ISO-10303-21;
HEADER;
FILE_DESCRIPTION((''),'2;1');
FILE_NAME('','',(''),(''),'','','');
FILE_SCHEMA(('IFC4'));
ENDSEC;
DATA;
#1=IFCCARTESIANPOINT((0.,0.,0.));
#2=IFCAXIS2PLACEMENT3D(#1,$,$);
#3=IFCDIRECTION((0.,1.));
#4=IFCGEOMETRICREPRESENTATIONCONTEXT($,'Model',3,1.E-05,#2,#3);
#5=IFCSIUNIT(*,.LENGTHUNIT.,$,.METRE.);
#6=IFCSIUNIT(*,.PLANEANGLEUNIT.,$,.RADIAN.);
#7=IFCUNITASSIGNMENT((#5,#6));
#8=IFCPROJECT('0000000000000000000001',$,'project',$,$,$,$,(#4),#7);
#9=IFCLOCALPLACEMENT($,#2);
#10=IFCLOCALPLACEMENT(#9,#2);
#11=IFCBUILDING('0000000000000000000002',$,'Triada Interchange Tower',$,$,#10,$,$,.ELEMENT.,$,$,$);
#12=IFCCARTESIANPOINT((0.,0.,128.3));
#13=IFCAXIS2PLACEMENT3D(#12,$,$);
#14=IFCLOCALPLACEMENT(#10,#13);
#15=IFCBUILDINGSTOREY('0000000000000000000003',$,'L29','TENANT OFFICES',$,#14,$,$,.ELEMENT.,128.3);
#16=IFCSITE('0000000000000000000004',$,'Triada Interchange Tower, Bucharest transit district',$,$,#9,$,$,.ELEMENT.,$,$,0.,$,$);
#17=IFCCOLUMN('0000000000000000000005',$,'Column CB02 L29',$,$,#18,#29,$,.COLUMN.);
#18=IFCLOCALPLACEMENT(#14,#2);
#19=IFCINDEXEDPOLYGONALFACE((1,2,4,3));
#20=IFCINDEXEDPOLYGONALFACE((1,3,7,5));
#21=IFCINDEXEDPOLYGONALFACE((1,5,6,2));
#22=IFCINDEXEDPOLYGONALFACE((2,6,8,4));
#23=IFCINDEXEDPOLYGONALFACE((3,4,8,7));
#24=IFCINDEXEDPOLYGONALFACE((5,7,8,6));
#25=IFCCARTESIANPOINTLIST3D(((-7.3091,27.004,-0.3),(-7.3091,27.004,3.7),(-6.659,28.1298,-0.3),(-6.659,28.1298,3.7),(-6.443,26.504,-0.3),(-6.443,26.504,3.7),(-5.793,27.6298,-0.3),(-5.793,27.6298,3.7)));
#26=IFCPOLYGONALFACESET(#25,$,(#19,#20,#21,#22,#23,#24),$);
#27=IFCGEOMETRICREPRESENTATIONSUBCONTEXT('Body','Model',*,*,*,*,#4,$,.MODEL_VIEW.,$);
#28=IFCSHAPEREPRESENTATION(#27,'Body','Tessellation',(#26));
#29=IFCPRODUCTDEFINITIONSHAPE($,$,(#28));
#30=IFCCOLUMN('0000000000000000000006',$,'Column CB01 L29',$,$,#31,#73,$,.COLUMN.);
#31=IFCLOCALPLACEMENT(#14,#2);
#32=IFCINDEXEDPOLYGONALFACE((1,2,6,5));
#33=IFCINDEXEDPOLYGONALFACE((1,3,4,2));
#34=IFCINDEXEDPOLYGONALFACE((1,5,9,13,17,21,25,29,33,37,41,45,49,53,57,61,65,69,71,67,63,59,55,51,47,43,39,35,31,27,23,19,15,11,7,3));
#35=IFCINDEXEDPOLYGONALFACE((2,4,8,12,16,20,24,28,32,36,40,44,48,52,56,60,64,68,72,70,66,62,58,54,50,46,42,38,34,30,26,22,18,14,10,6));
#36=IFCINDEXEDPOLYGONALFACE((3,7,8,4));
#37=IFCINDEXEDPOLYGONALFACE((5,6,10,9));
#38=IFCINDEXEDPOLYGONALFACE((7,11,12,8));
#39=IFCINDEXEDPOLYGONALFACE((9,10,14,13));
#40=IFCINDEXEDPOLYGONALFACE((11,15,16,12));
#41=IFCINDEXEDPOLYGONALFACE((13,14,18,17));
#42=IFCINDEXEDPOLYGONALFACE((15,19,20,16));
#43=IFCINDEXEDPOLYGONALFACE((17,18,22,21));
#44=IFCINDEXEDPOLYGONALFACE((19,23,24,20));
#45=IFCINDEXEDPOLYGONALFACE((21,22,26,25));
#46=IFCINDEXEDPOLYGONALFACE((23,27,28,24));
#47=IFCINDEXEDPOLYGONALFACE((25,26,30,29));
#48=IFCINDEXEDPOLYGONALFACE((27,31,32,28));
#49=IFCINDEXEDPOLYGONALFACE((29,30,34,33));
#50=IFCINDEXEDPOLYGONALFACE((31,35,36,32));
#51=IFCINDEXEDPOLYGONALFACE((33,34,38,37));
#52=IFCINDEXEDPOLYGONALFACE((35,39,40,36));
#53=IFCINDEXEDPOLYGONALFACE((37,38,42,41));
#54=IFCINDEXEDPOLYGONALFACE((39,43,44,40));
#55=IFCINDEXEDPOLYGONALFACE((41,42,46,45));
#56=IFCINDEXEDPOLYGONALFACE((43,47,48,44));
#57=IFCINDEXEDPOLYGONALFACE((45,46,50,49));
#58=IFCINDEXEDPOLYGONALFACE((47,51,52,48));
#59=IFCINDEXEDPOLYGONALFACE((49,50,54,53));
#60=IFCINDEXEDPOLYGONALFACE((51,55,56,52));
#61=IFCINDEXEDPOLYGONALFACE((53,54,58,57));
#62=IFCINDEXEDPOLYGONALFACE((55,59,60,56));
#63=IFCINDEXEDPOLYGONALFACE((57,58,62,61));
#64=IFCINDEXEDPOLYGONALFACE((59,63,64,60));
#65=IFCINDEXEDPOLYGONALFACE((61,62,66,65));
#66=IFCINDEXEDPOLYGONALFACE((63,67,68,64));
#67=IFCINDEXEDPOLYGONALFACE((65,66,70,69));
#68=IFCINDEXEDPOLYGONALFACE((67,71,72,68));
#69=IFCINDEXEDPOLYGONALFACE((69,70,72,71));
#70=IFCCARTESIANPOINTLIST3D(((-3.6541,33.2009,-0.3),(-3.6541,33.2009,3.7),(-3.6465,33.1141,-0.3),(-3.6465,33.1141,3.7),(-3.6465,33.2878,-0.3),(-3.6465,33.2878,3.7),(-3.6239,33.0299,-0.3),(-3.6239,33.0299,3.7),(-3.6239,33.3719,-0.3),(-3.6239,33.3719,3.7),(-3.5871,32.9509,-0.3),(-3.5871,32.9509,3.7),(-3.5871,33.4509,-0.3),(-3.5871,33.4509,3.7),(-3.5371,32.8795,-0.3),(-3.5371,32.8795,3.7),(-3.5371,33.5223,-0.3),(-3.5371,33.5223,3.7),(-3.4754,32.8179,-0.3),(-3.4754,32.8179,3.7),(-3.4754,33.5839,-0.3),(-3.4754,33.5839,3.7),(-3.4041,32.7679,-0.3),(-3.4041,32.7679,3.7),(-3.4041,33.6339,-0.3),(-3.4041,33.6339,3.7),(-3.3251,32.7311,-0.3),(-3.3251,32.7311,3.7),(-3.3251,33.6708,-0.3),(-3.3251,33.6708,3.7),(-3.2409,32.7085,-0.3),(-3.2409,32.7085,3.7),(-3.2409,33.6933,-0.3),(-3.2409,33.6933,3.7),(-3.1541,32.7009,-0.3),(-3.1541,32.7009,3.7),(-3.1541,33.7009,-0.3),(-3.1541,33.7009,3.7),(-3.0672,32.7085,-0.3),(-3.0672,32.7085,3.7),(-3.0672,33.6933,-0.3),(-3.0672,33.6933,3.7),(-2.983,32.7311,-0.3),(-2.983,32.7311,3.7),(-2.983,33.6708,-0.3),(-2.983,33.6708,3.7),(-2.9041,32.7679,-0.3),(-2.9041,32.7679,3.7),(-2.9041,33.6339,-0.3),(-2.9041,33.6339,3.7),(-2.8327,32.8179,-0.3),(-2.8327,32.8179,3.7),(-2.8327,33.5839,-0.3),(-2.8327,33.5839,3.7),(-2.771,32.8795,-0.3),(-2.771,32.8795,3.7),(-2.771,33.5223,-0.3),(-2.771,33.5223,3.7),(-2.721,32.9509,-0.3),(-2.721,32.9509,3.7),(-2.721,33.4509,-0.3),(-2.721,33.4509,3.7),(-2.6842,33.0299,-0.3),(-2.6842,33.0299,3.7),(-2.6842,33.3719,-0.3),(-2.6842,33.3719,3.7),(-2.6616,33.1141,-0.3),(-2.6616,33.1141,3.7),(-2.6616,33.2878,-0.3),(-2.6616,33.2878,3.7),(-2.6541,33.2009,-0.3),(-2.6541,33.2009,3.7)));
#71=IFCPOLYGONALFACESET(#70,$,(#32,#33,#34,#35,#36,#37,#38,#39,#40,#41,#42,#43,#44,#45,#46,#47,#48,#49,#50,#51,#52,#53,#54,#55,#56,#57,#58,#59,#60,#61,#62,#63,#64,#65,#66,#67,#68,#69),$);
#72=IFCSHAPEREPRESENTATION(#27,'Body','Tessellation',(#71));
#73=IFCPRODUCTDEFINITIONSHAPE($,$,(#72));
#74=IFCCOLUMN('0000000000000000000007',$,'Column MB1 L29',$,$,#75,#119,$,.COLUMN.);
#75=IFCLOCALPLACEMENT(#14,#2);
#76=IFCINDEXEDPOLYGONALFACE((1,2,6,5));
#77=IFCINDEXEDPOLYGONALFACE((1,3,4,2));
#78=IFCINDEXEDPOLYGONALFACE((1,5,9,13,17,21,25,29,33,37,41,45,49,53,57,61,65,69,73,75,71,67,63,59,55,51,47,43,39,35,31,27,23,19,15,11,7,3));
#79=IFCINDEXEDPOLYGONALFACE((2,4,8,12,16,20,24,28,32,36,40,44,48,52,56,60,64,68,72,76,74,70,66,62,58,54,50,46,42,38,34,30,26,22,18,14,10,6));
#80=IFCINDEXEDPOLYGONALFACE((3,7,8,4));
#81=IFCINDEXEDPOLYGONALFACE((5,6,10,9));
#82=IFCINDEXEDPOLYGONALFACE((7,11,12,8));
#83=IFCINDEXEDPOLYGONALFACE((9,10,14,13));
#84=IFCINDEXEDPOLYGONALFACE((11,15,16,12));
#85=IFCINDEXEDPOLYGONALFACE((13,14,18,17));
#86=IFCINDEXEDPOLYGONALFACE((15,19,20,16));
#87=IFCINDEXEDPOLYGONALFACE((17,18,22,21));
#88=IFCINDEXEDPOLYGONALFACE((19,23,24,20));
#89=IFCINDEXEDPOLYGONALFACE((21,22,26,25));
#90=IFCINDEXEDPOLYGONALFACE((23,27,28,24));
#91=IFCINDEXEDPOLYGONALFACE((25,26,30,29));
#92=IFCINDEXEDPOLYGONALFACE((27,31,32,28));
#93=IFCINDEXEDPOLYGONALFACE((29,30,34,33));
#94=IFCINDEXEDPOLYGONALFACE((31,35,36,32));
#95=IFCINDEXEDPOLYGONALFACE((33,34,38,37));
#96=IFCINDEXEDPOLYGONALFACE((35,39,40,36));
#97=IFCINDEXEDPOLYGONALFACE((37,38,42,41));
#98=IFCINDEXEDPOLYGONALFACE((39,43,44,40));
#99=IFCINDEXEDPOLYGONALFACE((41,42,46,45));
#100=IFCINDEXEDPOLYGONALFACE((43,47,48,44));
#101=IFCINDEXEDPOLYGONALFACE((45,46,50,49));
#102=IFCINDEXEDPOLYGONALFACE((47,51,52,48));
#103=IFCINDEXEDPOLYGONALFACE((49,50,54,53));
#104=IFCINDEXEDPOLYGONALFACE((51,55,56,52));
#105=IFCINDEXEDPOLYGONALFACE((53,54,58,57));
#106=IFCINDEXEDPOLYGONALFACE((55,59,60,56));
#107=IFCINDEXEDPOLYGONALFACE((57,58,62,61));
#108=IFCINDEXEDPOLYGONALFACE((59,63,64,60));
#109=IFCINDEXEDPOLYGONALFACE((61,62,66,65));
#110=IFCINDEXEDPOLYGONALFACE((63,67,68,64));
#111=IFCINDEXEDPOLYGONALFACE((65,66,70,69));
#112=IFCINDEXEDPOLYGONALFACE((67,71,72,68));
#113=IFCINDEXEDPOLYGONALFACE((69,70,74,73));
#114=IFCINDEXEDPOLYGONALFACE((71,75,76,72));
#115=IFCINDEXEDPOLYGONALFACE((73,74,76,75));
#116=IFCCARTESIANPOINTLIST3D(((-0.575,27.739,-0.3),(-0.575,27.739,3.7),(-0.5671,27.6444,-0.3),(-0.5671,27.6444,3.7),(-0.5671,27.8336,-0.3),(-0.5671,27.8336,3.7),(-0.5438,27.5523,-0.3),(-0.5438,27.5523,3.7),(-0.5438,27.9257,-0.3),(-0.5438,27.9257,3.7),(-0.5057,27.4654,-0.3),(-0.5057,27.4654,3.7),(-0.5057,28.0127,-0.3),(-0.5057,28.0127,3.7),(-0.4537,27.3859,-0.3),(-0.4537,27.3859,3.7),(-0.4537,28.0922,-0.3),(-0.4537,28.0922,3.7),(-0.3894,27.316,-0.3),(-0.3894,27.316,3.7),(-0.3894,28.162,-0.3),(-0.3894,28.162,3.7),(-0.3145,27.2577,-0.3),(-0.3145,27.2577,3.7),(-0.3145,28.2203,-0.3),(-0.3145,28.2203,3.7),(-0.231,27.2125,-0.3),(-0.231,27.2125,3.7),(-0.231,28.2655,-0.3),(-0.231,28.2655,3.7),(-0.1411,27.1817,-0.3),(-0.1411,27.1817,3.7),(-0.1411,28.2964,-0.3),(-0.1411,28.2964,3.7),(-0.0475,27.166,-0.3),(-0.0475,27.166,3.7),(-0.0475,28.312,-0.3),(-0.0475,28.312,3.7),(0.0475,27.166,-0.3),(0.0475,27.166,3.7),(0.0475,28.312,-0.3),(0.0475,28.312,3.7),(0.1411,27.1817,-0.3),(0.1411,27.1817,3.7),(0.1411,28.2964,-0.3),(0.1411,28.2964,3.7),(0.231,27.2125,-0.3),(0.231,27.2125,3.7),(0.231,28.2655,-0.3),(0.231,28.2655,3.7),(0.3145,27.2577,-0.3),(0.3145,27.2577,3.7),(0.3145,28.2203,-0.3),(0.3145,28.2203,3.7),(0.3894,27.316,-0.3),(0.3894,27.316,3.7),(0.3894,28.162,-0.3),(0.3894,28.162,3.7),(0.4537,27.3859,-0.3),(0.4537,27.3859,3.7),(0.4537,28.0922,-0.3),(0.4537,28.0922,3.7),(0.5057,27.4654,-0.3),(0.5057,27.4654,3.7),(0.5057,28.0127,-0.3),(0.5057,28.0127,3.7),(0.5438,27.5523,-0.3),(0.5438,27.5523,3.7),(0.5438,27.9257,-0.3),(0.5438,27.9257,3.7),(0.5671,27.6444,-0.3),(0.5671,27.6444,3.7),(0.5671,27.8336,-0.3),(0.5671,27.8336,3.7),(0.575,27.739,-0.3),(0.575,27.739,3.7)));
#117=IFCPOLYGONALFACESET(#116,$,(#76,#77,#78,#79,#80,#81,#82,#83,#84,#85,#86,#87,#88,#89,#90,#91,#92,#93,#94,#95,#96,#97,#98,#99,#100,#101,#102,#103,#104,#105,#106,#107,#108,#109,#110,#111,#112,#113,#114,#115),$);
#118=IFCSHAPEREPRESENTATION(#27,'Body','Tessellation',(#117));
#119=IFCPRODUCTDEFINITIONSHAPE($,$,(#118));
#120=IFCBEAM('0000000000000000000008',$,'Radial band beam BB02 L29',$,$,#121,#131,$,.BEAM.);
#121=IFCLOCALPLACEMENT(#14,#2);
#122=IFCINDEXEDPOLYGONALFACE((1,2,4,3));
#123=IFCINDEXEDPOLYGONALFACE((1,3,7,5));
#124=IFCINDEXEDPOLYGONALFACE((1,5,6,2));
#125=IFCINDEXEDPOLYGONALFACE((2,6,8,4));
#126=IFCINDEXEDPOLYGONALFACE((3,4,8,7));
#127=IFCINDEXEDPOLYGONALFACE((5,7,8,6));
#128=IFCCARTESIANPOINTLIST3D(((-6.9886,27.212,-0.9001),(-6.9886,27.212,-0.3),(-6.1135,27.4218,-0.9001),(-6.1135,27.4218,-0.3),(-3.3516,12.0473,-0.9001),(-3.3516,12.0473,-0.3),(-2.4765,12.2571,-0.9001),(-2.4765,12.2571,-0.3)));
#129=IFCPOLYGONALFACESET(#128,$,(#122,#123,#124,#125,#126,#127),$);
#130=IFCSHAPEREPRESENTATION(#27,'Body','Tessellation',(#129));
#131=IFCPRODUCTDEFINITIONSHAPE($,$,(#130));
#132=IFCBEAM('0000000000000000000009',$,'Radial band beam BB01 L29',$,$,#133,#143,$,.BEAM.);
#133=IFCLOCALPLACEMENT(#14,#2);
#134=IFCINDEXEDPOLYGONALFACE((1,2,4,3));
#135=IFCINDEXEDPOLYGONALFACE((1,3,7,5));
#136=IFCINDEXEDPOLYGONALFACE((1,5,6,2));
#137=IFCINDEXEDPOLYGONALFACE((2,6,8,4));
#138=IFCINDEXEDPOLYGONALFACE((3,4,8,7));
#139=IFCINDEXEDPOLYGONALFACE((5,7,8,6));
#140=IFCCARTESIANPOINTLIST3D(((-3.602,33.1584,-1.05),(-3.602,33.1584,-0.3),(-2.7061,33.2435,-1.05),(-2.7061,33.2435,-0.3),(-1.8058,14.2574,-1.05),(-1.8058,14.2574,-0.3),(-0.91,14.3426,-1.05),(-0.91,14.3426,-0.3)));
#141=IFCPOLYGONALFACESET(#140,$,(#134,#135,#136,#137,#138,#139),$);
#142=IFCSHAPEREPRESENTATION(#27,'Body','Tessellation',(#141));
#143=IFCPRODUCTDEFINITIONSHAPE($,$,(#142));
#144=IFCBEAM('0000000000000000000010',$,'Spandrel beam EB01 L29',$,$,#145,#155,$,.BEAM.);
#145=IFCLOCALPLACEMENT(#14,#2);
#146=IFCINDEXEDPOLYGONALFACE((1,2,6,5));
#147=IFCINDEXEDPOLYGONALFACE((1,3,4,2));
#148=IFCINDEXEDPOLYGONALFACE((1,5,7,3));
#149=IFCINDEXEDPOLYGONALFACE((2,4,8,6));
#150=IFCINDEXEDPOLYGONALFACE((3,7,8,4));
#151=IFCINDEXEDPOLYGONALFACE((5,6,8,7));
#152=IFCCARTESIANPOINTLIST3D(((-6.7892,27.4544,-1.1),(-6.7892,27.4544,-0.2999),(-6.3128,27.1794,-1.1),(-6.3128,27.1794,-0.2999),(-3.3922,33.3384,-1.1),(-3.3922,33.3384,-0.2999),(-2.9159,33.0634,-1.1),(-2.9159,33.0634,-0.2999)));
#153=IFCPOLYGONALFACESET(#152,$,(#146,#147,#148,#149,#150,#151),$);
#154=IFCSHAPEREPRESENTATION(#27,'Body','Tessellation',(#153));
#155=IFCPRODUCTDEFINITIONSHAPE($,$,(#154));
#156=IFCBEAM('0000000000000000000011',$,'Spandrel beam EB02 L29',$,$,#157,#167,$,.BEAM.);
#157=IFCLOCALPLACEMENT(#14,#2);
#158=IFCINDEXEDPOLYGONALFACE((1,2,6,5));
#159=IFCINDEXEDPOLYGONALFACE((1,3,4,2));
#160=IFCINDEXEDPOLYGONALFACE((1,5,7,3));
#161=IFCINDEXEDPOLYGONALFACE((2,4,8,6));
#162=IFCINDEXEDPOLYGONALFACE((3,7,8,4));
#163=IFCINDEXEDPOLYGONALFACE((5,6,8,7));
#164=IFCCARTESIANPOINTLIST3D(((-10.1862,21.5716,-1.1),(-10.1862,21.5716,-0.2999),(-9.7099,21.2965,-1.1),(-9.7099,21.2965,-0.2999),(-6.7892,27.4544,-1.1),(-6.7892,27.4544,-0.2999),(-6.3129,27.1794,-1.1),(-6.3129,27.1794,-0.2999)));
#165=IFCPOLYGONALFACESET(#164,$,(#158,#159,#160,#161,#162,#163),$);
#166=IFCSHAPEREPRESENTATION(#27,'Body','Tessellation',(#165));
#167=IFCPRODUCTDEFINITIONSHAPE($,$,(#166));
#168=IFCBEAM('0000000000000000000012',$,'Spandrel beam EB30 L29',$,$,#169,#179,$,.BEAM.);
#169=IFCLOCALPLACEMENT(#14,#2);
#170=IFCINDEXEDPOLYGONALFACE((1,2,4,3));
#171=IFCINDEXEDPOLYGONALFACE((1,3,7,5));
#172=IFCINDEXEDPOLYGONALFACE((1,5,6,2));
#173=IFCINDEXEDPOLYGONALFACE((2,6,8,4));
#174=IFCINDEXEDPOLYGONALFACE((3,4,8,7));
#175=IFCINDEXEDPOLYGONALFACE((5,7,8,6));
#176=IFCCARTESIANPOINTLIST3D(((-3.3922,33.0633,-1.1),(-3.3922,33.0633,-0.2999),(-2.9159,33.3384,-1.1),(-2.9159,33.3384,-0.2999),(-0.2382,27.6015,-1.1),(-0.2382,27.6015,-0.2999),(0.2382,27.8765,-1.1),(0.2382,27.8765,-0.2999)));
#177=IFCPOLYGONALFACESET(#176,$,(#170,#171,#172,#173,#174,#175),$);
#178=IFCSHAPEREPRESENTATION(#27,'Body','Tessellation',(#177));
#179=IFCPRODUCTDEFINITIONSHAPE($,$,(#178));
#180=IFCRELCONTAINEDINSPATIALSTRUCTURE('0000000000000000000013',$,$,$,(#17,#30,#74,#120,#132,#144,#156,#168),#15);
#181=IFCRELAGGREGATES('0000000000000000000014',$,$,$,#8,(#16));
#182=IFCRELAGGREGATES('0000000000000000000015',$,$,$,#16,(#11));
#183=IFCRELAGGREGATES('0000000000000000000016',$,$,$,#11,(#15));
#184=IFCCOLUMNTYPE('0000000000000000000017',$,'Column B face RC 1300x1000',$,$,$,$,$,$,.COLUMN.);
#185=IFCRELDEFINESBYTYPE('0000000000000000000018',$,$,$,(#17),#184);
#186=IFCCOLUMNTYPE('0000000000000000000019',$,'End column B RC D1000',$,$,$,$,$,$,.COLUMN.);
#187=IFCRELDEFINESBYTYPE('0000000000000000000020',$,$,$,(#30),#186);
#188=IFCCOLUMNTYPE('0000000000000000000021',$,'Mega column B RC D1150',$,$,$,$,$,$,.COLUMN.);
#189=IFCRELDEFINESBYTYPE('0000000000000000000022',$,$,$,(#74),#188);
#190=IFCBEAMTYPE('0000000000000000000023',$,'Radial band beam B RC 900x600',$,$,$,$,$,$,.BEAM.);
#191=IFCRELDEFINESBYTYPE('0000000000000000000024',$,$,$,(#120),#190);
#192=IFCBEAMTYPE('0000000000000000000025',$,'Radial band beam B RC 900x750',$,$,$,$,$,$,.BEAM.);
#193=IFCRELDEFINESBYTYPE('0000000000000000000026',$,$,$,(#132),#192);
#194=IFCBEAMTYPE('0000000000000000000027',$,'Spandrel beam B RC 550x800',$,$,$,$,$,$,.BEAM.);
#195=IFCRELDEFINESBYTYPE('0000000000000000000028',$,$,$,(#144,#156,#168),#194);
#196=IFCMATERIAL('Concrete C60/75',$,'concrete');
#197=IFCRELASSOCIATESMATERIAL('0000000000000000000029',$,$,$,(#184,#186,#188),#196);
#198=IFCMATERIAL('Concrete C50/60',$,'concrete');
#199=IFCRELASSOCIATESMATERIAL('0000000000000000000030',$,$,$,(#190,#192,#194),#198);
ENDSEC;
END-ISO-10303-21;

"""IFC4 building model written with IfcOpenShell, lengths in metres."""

from ifc_helpers import new_model, si_unit, direction, frame, origin, origin_2d, place, context, subcontext, project, spatial, rectangle, circle, extrude, material, material_profile, profile_set, type_object, element, save


model = new_model("IFC4")

# Units and contexts
model_context = context("Model", 3, precision=1e-05, world=origin(), true_north=direction((0.0, 1.0)))
body_context = subcontext(model_context, "Body", "Model", "MODEL_VIEW")
ifc_project = project(units=[si_unit("LENGTHUNIT", "METRE"), si_unit("PLANEANGLEUNIT", "RADIAN")], contexts=[model_context])

# Site, building, storey
site_placement = place(None, origin())
site = spatial("IfcSite", under=ifc_project, at=site_placement, Name="Triada Interchange Tower, Bucharest transit district", CompositionType="ELEMENT", RefElevation=0.0)
building_placement = place(site_placement, origin())
building = spatial("IfcBuilding", under=site, at=building_placement, Name="Triada Interchange Tower", CompositionType="ELEMENT")
storey_placement = place(building_placement, frame((0.0, 0.0, 128.3)))
storey = spatial("IfcBuildingStorey", under=building, at=storey_placement, Name="L29", Description="TENANT OFFICES", CompositionType="ELEMENT", Elevation=128.3)

# Columns
ifc_material_1 = material(Name="Concrete C60/75", Category="concrete")
ifc_material_profile_1 = material_profile(ifc_material_1, rectangle(XDim=1.3, YDim=1.0, at=origin_2d()), Name="RC 1300x1000")
ifc_profile_set_1 = profile_set([ifc_material_profile_1], Name="Concrete C60/75")
column_type_1 = type_object("IfcColumnType", Name="Column B face RC 1300x1000", PredefinedType="COLUMN", material=ifc_profile_set_1)
column_1_placement = place(storey_placement, frame((-6.551, 27.3169, -0.3), z_axis=(0.0, 0.0, 1.0), x_axis=(0.5, 0.866025, 0.0)))
element("IfcColumn", 1, at=column_1_placement, inside=storey, type_object=column_type_1, Name="Column CB02 L29", PredefinedType="COLUMN", context=body_context, shape_type="SweptSolid", body=[
    extrude(rectangle(XDim=1.3, YDim=1.0, at=origin_2d()), origin(), (0.0, 0.0, 1.0), 4.0),
])
ifc_material_profile_2 = material_profile(ifc_material_1, circle(Radius=0.5, at=origin_2d()), Name="RC D1000")
ifc_profile_set_2 = profile_set([ifc_material_profile_2], Name="Concrete C60/75")
column_type_2 = type_object("IfcColumnType", Name="End column B RC D1000", PredefinedType="COLUMN", material=ifc_profile_set_2)
column_2_placement = place(storey_placement, frame((-3.1541, 33.2009, -0.3), z_axis=(0.0, 0.0, 1.0), x_axis=(0.5, 0.866025, 0.0)))
element("IfcColumn", 2, at=column_2_placement, inside=storey, type_object=column_type_2, Name="Column CB01 L29", PredefinedType="COLUMN", context=body_context, shape_type="SweptSolid", body=[
    extrude(circle(Radius=0.5, at=origin_2d()), origin(), (0.0, 0.0, 1.0), 4.0),
])
ifc_material_profile_3 = material_profile(ifc_material_1, circle(Radius=0.575, at=origin_2d()), Name="RC D1150")
ifc_profile_set_3 = profile_set([ifc_material_profile_3], Name="Concrete C60/75")
column_type_3 = type_object("IfcColumnType", Name="Mega column B RC D1150", PredefinedType="COLUMN", material=ifc_profile_set_3)
column_3_placement = place(storey_placement, frame((0.0, 27.739, -0.3), z_axis=(0.0, 0.0, 1.0), x_axis=(1.0, 0.0, 0.0)))
element("IfcColumn", 3, at=column_3_placement, inside=storey, type_object=column_type_3, Name="Column MB1 L29", PredefinedType="COLUMN", context=body_context, shape_type="SweptSolid", body=[
    extrude(circle(Radius=0.575, at=origin_2d()), origin(), (0.0, 0.0, 1.0), 4.0),
])

# Beams
ifc_material_2 = material(Name="Concrete C50/60", Category="concrete")
ifc_material_profile_4 = material_profile(ifc_material_2, rectangle(XDim=0.8999, YDim=0.6001, at=origin_2d()), Name="RC 900x600")
ifc_profile_set_4 = profile_set([ifc_material_profile_4], Name="Concrete C50/60")
beam_type_1 = type_object("IfcBeamType", Name="Radial band beam B RC 900x600", PredefinedType="BEAM", material=ifc_profile_set_4)
beam_1_placement = place(storey_placement, frame((-6.551, 27.3169, -0.6001), z_axis=(0.233216, -0.972425, 0.0), x_axis=(0.972425, 0.233216, 0.0)))
element("IfcBeam", 4, at=beam_1_placement, inside=storey, type_object=beam_type_1, Name="Radial band beam BB02 L29", PredefinedType="BEAM", context=body_context, shape_type="SweptSolid", body=[
    extrude(rectangle(XDim=0.8999, YDim=0.6001, at=origin_2d()), origin(), (0.0, 0.0, 1.0), 15.5947),
])
ifc_material_profile_5 = material_profile(ifc_material_2, rectangle(XDim=0.8999, YDim=0.75, at=origin_2d()), Name="RC 900x750")
ifc_profile_set_5 = profile_set([ifc_material_profile_5], Name="Concrete C50/60")
beam_type_2 = type_object("IfcBeamType", Name="Radial band beam B RC 900x750", PredefinedType="BEAM", material=ifc_profile_set_5)
beam_2_placement = place(storey_placement, frame((-3.1541, 33.2009, -0.675), z_axis=(0.094603, -0.995515, 0.0), x_axis=(0.995515, 0.094603, 0.0)))
element("IfcBeam", 5, at=beam_2_placement, inside=storey, type_object=beam_type_2, Name="Radial band beam BB01 L29", PredefinedType="BEAM", context=body_context, shape_type="SweptSolid", body=[
    extrude(rectangle(XDim=0.8999, YDim=0.75, at=origin_2d()), origin(), (0.0, 0.0, 1.0), 18.9861),
])
ifc_material_profile_6 = material_profile(ifc_material_2, rectangle(XDim=0.55, YDim=0.8, at=origin_2d()), Name="RC 550x800")
ifc_profile_set_6 = profile_set([ifc_material_profile_6], Name="Concrete C50/60")
beam_type_3 = type_object("IfcBeamType", Name="Spandrel beam B RC 550x800", PredefinedType="BEAM", material=ifc_profile_set_6)
beam_3_placement = place(storey_placement, frame((-3.1541, 33.2009, -0.7), z_axis=(-0.499981, -0.866037, 0.0), x_axis=(0.866037, -0.499981, 0.0)))
element("IfcBeam", 6, at=beam_3_placement, inside=storey, type_object=beam_type_3, Name="Spandrel beam EB01 L29", PredefinedType="BEAM", context=body_context, shape_type="SweptSolid", body=[
    extrude(rectangle(XDim=0.55, YDim=0.8, at=origin_2d()), origin(), (0.0, 0.0, 1.0), 6.7942),
])
beam_4_placement = place(storey_placement, frame((-6.551, 27.3169, -0.7), z_axis=(-0.500058, -0.865992, 0.0), x_axis=(0.865992, -0.500058, 0.0)))
element("IfcBeam", 7, at=beam_4_placement, inside=storey, type_object=beam_type_3, Name="Spandrel beam EB02 L29", PredefinedType="BEAM", context=body_context, shape_type="SweptSolid", body=[
    extrude(rectangle(XDim=0.55, YDim=0.8, at=origin_2d()), origin(), (0.0, 0.0, 1.0), 6.7932),
])
beam_5_placement = place(storey_placement, frame((0.0, 27.739, -0.7), z_axis=(-0.500073, 0.865983, 0.0), x_axis=(-0.865983, -0.500073, 0.0)))
element("IfcBeam", 8, at=beam_5_placement, inside=storey, type_object=beam_type_3, Name="Spandrel beam EB30 L29", PredefinedType="BEAM", context=body_context, shape_type="SweptSolid", body=[
    extrude(rectangle(XDim=0.55, YDim=0.8, at=origin_2d()), origin(), (0.0, 0.0, 1.0), 6.3071),
])

save(model, "model.ifc")
